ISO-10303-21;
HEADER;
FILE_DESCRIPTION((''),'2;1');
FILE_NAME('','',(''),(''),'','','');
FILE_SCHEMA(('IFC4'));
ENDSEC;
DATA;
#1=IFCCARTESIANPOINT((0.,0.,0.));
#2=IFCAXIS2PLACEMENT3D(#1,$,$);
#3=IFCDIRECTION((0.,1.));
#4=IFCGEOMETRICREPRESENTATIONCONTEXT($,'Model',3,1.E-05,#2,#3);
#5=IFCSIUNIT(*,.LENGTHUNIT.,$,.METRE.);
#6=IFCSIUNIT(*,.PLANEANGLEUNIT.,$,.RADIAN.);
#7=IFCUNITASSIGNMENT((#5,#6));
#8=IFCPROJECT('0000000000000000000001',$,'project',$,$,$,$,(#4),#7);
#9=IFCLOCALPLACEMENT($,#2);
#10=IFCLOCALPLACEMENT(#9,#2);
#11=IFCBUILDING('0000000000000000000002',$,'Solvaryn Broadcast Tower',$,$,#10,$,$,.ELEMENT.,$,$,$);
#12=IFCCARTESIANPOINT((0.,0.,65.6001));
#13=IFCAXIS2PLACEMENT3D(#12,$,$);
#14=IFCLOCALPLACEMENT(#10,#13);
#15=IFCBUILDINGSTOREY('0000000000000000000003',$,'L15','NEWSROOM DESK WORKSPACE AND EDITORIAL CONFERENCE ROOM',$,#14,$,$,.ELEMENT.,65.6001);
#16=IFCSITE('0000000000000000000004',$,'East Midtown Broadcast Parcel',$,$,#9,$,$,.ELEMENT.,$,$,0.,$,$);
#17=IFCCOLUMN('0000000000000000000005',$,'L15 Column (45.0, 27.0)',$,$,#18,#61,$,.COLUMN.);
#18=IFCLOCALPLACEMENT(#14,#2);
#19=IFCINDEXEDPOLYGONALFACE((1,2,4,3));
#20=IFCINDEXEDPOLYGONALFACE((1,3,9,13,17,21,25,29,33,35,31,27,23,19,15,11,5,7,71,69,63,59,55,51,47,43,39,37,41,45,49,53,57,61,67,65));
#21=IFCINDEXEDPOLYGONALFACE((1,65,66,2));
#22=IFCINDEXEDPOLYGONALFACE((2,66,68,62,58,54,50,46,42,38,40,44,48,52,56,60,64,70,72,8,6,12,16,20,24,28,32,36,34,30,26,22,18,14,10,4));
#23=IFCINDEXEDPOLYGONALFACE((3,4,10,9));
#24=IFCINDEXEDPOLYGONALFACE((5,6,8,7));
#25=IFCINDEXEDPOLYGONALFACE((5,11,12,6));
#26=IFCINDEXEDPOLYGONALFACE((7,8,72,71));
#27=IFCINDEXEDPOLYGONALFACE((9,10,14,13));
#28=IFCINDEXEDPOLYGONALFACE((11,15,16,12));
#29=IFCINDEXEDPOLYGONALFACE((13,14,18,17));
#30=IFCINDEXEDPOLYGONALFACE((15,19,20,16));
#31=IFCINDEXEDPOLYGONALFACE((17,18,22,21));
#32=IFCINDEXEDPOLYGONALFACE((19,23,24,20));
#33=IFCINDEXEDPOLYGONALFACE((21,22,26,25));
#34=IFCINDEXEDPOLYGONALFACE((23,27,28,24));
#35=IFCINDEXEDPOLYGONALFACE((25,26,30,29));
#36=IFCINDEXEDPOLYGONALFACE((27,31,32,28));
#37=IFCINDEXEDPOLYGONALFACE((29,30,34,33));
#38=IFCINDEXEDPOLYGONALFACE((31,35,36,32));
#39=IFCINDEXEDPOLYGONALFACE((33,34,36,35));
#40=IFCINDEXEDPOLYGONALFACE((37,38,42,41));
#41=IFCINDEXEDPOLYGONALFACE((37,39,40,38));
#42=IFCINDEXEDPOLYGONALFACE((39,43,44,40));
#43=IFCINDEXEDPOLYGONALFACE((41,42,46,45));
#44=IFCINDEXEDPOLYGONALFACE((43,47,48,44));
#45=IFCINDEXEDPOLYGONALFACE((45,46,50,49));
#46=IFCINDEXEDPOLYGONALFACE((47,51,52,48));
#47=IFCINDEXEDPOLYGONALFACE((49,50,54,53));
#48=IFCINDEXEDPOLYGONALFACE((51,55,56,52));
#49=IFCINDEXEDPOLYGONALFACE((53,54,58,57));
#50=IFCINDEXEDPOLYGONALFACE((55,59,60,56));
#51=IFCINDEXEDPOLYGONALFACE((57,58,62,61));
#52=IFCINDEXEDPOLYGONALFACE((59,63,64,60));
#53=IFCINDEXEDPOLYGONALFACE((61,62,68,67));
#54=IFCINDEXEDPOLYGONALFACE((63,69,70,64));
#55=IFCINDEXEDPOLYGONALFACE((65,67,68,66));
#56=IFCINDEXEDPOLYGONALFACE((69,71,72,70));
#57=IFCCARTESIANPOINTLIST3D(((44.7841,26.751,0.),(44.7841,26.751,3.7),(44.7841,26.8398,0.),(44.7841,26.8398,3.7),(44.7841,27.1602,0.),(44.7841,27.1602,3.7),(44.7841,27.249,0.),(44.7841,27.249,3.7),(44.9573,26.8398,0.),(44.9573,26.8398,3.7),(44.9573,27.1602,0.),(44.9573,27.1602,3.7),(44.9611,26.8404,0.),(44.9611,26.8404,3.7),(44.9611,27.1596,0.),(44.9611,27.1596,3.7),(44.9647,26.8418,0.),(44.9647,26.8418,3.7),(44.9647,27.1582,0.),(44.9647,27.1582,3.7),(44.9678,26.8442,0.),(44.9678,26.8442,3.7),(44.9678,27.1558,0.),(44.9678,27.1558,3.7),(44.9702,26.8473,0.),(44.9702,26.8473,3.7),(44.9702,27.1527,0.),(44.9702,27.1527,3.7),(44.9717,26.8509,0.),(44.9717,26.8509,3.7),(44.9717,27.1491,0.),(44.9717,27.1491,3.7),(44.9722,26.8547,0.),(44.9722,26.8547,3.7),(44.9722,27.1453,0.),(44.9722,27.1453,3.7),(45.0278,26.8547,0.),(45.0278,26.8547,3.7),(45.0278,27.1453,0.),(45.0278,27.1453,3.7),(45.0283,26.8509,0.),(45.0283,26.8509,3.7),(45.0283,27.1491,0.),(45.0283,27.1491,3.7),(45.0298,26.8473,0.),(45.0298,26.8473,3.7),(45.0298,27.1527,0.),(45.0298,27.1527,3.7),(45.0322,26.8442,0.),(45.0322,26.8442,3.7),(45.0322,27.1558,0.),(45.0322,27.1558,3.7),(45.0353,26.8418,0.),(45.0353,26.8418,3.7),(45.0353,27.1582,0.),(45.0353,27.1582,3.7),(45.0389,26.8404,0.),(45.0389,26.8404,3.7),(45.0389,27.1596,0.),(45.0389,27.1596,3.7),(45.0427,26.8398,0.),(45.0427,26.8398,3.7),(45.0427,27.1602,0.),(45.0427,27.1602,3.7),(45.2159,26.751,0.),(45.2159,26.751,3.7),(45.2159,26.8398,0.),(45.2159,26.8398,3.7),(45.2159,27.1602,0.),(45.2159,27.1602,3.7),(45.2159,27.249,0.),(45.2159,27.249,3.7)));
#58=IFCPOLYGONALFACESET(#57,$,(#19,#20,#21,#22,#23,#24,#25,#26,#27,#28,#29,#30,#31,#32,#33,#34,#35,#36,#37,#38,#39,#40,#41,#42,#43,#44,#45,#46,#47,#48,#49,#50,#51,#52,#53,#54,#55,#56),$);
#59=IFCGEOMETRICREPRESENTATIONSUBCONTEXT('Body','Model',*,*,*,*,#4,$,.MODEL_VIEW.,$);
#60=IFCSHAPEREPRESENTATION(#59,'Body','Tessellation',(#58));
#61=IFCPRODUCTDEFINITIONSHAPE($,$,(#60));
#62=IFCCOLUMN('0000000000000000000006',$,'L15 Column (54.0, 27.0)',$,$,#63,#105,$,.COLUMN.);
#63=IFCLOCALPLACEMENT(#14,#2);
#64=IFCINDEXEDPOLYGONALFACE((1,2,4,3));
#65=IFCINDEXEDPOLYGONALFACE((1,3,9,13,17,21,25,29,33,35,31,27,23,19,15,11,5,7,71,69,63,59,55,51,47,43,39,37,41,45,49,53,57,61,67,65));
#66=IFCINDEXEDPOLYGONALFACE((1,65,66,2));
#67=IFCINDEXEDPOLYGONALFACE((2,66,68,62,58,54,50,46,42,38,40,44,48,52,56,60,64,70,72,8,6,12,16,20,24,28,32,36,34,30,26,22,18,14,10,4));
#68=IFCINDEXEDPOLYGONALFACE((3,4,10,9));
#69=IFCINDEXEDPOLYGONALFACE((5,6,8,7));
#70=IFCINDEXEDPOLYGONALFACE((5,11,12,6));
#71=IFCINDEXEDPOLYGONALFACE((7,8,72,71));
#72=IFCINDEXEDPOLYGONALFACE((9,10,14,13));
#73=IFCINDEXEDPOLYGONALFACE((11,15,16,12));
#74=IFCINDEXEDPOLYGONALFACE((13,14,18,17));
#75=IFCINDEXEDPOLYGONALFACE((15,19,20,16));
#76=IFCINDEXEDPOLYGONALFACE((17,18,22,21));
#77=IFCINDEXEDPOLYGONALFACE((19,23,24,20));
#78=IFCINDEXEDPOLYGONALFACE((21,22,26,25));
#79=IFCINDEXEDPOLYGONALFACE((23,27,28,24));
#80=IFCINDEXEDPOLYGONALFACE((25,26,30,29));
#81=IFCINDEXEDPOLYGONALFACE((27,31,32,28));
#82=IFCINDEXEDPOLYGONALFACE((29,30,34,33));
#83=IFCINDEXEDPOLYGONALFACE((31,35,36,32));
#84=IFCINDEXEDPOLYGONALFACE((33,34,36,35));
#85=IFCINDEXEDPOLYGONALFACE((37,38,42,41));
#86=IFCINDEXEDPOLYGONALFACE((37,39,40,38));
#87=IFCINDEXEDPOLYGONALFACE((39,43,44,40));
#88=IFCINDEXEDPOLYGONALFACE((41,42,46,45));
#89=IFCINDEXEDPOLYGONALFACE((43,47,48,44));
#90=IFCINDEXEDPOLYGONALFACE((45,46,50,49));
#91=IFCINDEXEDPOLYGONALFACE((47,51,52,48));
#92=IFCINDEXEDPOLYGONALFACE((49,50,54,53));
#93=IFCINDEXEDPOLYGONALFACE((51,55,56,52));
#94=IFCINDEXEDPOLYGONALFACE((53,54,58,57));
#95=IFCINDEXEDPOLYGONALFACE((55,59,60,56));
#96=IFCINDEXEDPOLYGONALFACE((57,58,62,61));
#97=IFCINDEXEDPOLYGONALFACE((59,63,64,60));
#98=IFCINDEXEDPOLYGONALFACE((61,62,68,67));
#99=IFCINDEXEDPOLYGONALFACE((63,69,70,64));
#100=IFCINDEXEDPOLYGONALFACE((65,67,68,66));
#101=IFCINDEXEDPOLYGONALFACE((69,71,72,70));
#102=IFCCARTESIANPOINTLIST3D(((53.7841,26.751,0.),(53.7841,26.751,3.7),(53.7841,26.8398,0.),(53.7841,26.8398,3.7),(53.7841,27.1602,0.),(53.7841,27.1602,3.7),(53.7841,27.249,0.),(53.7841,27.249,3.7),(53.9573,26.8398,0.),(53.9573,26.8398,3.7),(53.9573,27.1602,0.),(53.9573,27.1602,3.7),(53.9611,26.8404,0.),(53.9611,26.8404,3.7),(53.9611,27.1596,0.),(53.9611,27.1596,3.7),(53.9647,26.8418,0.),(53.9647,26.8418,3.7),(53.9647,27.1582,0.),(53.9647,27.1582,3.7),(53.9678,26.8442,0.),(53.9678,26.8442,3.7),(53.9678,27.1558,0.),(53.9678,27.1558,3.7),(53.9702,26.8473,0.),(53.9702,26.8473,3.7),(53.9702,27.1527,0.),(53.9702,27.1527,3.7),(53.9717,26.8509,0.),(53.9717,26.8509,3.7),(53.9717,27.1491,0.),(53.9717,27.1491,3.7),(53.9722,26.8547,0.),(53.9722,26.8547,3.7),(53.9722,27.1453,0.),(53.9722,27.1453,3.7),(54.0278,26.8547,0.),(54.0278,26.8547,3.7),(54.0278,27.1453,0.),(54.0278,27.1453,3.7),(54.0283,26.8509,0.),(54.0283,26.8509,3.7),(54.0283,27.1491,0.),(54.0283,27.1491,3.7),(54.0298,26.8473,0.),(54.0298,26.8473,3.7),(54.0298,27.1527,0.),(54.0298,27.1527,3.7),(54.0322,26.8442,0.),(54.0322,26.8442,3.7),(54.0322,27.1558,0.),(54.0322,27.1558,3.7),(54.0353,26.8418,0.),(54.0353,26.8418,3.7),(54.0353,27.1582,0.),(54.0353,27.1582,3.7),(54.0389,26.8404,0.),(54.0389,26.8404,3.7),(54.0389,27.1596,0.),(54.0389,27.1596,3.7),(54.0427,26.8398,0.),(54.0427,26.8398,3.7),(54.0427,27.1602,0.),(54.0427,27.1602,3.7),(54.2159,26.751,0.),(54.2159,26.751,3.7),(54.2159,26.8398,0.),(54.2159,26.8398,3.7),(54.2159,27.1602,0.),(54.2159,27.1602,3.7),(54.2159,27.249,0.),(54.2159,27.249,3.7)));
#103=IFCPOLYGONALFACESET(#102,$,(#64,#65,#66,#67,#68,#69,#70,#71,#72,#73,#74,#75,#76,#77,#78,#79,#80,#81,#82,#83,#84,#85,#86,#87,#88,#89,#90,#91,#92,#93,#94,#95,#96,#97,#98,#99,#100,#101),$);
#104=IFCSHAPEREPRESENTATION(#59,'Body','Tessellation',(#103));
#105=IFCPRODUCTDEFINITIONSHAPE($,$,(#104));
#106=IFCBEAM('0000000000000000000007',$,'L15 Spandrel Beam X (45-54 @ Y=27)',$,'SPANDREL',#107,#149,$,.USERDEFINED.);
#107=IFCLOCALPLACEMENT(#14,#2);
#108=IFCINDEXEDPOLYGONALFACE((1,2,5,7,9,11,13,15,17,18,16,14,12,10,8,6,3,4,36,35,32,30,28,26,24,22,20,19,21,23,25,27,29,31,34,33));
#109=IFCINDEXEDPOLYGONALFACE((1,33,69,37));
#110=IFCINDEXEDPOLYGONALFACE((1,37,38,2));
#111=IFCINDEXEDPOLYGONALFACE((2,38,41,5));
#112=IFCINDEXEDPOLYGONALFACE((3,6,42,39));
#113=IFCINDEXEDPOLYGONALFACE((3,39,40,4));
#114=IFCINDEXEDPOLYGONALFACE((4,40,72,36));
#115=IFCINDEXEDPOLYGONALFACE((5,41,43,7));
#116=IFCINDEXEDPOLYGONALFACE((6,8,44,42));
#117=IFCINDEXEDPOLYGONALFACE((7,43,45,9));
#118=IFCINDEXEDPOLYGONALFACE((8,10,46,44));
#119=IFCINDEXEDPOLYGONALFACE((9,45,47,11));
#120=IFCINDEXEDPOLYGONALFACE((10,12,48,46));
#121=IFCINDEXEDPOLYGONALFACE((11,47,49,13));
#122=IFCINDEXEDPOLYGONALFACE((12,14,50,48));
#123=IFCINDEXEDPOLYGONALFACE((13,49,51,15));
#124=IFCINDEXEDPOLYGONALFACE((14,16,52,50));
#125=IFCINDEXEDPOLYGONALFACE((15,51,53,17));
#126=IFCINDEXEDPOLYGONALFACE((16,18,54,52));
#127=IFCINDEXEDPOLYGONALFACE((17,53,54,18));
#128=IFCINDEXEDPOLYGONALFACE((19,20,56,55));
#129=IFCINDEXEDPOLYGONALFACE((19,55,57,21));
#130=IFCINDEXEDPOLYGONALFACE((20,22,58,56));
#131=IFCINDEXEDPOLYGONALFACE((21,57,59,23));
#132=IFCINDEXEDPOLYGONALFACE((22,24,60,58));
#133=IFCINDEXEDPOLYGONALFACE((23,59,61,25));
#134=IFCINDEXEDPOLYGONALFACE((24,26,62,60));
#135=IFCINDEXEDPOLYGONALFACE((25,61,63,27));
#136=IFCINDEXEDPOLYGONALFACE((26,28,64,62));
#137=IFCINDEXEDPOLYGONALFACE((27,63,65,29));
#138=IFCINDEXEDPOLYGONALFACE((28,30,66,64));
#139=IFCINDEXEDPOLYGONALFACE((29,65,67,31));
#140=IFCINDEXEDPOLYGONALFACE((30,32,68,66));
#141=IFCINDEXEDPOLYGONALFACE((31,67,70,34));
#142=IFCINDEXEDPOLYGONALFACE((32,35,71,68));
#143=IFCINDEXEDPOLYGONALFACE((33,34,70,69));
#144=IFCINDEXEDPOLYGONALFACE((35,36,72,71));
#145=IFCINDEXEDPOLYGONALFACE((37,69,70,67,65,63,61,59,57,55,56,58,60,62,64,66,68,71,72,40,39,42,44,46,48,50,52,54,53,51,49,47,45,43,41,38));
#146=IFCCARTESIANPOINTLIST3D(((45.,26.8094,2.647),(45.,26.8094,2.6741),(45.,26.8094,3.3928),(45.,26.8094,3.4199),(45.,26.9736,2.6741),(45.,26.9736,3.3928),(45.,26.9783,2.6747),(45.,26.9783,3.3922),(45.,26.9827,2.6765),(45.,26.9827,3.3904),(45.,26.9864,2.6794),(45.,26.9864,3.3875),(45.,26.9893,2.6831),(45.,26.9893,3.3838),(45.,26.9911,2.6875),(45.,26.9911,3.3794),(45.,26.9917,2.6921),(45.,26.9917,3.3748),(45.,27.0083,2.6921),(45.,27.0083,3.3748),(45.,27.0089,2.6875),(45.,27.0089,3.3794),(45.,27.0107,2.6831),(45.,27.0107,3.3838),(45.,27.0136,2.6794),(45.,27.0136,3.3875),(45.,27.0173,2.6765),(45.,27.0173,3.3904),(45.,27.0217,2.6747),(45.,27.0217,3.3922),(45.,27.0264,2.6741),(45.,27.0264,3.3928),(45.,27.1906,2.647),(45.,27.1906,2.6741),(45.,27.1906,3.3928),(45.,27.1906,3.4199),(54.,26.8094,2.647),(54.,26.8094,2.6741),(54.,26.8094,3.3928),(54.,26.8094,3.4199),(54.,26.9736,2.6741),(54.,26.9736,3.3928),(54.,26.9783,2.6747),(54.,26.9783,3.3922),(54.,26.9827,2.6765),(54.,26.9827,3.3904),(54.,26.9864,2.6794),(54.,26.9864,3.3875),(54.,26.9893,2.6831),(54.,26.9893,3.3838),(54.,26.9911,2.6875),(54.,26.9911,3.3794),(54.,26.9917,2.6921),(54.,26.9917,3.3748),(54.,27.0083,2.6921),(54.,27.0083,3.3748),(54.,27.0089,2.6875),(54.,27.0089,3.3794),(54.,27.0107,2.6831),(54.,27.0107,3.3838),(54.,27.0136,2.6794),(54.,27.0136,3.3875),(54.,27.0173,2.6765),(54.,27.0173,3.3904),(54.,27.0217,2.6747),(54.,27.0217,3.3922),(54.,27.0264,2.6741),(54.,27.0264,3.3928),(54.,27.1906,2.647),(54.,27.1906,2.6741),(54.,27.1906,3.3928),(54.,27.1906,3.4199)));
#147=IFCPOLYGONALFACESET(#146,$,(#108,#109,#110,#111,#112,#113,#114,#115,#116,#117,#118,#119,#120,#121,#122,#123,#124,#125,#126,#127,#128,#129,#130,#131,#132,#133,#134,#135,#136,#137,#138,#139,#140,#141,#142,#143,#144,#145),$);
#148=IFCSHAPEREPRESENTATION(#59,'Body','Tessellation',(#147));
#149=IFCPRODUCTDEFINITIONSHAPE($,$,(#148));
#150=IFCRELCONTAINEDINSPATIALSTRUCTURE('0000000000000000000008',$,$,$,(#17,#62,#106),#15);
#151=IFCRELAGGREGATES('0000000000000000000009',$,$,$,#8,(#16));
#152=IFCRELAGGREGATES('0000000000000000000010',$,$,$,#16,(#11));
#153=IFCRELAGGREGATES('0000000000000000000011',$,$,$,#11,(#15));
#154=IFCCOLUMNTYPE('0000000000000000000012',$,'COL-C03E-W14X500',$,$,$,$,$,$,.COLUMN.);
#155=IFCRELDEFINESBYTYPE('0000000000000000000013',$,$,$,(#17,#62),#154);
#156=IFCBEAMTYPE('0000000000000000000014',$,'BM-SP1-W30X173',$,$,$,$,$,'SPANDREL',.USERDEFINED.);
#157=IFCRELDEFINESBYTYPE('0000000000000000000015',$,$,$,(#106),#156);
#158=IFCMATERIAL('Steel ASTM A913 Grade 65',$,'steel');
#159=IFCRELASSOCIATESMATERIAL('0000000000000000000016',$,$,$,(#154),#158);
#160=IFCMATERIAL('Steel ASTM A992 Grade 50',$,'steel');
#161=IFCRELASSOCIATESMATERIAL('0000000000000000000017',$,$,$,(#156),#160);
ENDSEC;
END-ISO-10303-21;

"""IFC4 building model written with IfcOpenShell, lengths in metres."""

from ifc_helpers import new_model, si_unit, direction, frame, origin, origin_2d, place, context, subcontext, project, spatial, i_section, extrude, material, material_profile, profile_set, type_object, element, save


model = new_model("IFC4")

# Units and contexts
model_context = context("Model", 3, precision=1e-05, world=origin(), true_north=direction((0.0, 1.0)))
body_context = subcontext(model_context, "Body", "Model", "MODEL_VIEW")
ifc_project = project(units=[si_unit("LENGTHUNIT", "METRE"), si_unit("PLANEANGLEUNIT", "RADIAN")], contexts=[model_context])

# Site, building, storey
site_placement = place(None, origin())
site = spatial("IfcSite", under=ifc_project, at=site_placement, Name="East Midtown Broadcast Parcel", CompositionType="ELEMENT", RefElevation=0.0)
building_placement = place(site_placement, origin())
building = spatial("IfcBuilding", under=site, at=building_placement, Name="Solvaryn Broadcast Tower", CompositionType="ELEMENT")
storey_placement = place(building_placement, frame((0.0, 0.0, 65.6001)))
storey = spatial("IfcBuildingStorey", under=building, at=storey_placement, Name="L15", Description="NEWSROOM DESK WORKSPACE AND EDITORIAL CONFERENCE ROOM", CompositionType="ELEMENT", Elevation=65.6001)

# Columns
ifc_material_1 = material(Name="Steel ASTM A913 Grade 65", Category="steel")
ifc_material_profile_1 = material_profile(ifc_material_1, i_section(OverallWidth=0.4319, OverallDepth=0.498, WebThickness=0.0557, FlangeThickness=0.0889, FilletRadius=0.0149, at=origin_2d()))
ifc_profile_set_1 = profile_set([ifc_material_profile_1], Name="Steel ASTM A913 Grade 65")
column_type = type_object("IfcColumnType", Name="COL-C03E-W14X500", PredefinedType="COLUMN", material=ifc_profile_set_1)
for number, where, z_axis, x_axis, name in (
    (1, (45.0, 27.0, 0.0), (0.0, 0.0, 1.0), (1.0, 0.0, 0.0), "L15 Column (45.0, 27.0)"),
    (2, (54.0, 27.0, 0.0), (0.0, 0.0, 1.0), (1.0, 0.0, 0.0), "L15 Column (54.0, 27.0)"),
):
    element("IfcColumn", number, at=place(storey_placement, frame(where, z_axis=z_axis, x_axis=x_axis)), inside=storey, type_object=column_type, Name=name, PredefinedType="COLUMN", context=body_context, shape_type="SweptSolid", body=[
        extrude(i_section(OverallWidth=0.4319, OverallDepth=0.498, WebThickness=0.0557, FlangeThickness=0.0889, FilletRadius=0.0149, at=origin_2d()), origin(), (0.0, 0.0, 1.0), 3.7),
    ])

# Beam
ifc_material_2 = material(Name="Steel ASTM A992 Grade 50", Category="steel")
ifc_material_profile_2 = material_profile(ifc_material_2, i_section(OverallWidth=0.3811, OverallDepth=0.7729, WebThickness=0.0166, FlangeThickness=0.0271, FilletRadius=0.0181, at=origin_2d()))
ifc_profile_set_2 = profile_set([ifc_material_profile_2], Name="Steel ASTM A992 Grade 50")
beam_type = type_object("IfcBeamType", Name="BM-SP1-W30X173", ElementType="SPANDREL", PredefinedType="USERDEFINED", material=ifc_profile_set_2)
beam_placement = place(storey_placement, frame((45.0, 27.0, 3.0334), z_axis=(1.0, 0.0, 0.0), x_axis=(0.0, 1.0, 0.0)))
element("IfcBeam", 3, at=beam_placement, inside=storey, type_object=beam_type, Name="L15 Spandrel Beam X (45-54 @ Y=27)", ObjectType="SPANDREL", PredefinedType="USERDEFINED", context=body_context, shape_type="SweptSolid", body=[
    extrude(i_section(OverallWidth=0.3811, OverallDepth=0.7729, WebThickness=0.0166, FlangeThickness=0.0271, FilletRadius=0.0181, at=origin_2d()), origin(), (0.0, 0.0, 1.0), 9.0),
])

save(model, "model.ifc")
